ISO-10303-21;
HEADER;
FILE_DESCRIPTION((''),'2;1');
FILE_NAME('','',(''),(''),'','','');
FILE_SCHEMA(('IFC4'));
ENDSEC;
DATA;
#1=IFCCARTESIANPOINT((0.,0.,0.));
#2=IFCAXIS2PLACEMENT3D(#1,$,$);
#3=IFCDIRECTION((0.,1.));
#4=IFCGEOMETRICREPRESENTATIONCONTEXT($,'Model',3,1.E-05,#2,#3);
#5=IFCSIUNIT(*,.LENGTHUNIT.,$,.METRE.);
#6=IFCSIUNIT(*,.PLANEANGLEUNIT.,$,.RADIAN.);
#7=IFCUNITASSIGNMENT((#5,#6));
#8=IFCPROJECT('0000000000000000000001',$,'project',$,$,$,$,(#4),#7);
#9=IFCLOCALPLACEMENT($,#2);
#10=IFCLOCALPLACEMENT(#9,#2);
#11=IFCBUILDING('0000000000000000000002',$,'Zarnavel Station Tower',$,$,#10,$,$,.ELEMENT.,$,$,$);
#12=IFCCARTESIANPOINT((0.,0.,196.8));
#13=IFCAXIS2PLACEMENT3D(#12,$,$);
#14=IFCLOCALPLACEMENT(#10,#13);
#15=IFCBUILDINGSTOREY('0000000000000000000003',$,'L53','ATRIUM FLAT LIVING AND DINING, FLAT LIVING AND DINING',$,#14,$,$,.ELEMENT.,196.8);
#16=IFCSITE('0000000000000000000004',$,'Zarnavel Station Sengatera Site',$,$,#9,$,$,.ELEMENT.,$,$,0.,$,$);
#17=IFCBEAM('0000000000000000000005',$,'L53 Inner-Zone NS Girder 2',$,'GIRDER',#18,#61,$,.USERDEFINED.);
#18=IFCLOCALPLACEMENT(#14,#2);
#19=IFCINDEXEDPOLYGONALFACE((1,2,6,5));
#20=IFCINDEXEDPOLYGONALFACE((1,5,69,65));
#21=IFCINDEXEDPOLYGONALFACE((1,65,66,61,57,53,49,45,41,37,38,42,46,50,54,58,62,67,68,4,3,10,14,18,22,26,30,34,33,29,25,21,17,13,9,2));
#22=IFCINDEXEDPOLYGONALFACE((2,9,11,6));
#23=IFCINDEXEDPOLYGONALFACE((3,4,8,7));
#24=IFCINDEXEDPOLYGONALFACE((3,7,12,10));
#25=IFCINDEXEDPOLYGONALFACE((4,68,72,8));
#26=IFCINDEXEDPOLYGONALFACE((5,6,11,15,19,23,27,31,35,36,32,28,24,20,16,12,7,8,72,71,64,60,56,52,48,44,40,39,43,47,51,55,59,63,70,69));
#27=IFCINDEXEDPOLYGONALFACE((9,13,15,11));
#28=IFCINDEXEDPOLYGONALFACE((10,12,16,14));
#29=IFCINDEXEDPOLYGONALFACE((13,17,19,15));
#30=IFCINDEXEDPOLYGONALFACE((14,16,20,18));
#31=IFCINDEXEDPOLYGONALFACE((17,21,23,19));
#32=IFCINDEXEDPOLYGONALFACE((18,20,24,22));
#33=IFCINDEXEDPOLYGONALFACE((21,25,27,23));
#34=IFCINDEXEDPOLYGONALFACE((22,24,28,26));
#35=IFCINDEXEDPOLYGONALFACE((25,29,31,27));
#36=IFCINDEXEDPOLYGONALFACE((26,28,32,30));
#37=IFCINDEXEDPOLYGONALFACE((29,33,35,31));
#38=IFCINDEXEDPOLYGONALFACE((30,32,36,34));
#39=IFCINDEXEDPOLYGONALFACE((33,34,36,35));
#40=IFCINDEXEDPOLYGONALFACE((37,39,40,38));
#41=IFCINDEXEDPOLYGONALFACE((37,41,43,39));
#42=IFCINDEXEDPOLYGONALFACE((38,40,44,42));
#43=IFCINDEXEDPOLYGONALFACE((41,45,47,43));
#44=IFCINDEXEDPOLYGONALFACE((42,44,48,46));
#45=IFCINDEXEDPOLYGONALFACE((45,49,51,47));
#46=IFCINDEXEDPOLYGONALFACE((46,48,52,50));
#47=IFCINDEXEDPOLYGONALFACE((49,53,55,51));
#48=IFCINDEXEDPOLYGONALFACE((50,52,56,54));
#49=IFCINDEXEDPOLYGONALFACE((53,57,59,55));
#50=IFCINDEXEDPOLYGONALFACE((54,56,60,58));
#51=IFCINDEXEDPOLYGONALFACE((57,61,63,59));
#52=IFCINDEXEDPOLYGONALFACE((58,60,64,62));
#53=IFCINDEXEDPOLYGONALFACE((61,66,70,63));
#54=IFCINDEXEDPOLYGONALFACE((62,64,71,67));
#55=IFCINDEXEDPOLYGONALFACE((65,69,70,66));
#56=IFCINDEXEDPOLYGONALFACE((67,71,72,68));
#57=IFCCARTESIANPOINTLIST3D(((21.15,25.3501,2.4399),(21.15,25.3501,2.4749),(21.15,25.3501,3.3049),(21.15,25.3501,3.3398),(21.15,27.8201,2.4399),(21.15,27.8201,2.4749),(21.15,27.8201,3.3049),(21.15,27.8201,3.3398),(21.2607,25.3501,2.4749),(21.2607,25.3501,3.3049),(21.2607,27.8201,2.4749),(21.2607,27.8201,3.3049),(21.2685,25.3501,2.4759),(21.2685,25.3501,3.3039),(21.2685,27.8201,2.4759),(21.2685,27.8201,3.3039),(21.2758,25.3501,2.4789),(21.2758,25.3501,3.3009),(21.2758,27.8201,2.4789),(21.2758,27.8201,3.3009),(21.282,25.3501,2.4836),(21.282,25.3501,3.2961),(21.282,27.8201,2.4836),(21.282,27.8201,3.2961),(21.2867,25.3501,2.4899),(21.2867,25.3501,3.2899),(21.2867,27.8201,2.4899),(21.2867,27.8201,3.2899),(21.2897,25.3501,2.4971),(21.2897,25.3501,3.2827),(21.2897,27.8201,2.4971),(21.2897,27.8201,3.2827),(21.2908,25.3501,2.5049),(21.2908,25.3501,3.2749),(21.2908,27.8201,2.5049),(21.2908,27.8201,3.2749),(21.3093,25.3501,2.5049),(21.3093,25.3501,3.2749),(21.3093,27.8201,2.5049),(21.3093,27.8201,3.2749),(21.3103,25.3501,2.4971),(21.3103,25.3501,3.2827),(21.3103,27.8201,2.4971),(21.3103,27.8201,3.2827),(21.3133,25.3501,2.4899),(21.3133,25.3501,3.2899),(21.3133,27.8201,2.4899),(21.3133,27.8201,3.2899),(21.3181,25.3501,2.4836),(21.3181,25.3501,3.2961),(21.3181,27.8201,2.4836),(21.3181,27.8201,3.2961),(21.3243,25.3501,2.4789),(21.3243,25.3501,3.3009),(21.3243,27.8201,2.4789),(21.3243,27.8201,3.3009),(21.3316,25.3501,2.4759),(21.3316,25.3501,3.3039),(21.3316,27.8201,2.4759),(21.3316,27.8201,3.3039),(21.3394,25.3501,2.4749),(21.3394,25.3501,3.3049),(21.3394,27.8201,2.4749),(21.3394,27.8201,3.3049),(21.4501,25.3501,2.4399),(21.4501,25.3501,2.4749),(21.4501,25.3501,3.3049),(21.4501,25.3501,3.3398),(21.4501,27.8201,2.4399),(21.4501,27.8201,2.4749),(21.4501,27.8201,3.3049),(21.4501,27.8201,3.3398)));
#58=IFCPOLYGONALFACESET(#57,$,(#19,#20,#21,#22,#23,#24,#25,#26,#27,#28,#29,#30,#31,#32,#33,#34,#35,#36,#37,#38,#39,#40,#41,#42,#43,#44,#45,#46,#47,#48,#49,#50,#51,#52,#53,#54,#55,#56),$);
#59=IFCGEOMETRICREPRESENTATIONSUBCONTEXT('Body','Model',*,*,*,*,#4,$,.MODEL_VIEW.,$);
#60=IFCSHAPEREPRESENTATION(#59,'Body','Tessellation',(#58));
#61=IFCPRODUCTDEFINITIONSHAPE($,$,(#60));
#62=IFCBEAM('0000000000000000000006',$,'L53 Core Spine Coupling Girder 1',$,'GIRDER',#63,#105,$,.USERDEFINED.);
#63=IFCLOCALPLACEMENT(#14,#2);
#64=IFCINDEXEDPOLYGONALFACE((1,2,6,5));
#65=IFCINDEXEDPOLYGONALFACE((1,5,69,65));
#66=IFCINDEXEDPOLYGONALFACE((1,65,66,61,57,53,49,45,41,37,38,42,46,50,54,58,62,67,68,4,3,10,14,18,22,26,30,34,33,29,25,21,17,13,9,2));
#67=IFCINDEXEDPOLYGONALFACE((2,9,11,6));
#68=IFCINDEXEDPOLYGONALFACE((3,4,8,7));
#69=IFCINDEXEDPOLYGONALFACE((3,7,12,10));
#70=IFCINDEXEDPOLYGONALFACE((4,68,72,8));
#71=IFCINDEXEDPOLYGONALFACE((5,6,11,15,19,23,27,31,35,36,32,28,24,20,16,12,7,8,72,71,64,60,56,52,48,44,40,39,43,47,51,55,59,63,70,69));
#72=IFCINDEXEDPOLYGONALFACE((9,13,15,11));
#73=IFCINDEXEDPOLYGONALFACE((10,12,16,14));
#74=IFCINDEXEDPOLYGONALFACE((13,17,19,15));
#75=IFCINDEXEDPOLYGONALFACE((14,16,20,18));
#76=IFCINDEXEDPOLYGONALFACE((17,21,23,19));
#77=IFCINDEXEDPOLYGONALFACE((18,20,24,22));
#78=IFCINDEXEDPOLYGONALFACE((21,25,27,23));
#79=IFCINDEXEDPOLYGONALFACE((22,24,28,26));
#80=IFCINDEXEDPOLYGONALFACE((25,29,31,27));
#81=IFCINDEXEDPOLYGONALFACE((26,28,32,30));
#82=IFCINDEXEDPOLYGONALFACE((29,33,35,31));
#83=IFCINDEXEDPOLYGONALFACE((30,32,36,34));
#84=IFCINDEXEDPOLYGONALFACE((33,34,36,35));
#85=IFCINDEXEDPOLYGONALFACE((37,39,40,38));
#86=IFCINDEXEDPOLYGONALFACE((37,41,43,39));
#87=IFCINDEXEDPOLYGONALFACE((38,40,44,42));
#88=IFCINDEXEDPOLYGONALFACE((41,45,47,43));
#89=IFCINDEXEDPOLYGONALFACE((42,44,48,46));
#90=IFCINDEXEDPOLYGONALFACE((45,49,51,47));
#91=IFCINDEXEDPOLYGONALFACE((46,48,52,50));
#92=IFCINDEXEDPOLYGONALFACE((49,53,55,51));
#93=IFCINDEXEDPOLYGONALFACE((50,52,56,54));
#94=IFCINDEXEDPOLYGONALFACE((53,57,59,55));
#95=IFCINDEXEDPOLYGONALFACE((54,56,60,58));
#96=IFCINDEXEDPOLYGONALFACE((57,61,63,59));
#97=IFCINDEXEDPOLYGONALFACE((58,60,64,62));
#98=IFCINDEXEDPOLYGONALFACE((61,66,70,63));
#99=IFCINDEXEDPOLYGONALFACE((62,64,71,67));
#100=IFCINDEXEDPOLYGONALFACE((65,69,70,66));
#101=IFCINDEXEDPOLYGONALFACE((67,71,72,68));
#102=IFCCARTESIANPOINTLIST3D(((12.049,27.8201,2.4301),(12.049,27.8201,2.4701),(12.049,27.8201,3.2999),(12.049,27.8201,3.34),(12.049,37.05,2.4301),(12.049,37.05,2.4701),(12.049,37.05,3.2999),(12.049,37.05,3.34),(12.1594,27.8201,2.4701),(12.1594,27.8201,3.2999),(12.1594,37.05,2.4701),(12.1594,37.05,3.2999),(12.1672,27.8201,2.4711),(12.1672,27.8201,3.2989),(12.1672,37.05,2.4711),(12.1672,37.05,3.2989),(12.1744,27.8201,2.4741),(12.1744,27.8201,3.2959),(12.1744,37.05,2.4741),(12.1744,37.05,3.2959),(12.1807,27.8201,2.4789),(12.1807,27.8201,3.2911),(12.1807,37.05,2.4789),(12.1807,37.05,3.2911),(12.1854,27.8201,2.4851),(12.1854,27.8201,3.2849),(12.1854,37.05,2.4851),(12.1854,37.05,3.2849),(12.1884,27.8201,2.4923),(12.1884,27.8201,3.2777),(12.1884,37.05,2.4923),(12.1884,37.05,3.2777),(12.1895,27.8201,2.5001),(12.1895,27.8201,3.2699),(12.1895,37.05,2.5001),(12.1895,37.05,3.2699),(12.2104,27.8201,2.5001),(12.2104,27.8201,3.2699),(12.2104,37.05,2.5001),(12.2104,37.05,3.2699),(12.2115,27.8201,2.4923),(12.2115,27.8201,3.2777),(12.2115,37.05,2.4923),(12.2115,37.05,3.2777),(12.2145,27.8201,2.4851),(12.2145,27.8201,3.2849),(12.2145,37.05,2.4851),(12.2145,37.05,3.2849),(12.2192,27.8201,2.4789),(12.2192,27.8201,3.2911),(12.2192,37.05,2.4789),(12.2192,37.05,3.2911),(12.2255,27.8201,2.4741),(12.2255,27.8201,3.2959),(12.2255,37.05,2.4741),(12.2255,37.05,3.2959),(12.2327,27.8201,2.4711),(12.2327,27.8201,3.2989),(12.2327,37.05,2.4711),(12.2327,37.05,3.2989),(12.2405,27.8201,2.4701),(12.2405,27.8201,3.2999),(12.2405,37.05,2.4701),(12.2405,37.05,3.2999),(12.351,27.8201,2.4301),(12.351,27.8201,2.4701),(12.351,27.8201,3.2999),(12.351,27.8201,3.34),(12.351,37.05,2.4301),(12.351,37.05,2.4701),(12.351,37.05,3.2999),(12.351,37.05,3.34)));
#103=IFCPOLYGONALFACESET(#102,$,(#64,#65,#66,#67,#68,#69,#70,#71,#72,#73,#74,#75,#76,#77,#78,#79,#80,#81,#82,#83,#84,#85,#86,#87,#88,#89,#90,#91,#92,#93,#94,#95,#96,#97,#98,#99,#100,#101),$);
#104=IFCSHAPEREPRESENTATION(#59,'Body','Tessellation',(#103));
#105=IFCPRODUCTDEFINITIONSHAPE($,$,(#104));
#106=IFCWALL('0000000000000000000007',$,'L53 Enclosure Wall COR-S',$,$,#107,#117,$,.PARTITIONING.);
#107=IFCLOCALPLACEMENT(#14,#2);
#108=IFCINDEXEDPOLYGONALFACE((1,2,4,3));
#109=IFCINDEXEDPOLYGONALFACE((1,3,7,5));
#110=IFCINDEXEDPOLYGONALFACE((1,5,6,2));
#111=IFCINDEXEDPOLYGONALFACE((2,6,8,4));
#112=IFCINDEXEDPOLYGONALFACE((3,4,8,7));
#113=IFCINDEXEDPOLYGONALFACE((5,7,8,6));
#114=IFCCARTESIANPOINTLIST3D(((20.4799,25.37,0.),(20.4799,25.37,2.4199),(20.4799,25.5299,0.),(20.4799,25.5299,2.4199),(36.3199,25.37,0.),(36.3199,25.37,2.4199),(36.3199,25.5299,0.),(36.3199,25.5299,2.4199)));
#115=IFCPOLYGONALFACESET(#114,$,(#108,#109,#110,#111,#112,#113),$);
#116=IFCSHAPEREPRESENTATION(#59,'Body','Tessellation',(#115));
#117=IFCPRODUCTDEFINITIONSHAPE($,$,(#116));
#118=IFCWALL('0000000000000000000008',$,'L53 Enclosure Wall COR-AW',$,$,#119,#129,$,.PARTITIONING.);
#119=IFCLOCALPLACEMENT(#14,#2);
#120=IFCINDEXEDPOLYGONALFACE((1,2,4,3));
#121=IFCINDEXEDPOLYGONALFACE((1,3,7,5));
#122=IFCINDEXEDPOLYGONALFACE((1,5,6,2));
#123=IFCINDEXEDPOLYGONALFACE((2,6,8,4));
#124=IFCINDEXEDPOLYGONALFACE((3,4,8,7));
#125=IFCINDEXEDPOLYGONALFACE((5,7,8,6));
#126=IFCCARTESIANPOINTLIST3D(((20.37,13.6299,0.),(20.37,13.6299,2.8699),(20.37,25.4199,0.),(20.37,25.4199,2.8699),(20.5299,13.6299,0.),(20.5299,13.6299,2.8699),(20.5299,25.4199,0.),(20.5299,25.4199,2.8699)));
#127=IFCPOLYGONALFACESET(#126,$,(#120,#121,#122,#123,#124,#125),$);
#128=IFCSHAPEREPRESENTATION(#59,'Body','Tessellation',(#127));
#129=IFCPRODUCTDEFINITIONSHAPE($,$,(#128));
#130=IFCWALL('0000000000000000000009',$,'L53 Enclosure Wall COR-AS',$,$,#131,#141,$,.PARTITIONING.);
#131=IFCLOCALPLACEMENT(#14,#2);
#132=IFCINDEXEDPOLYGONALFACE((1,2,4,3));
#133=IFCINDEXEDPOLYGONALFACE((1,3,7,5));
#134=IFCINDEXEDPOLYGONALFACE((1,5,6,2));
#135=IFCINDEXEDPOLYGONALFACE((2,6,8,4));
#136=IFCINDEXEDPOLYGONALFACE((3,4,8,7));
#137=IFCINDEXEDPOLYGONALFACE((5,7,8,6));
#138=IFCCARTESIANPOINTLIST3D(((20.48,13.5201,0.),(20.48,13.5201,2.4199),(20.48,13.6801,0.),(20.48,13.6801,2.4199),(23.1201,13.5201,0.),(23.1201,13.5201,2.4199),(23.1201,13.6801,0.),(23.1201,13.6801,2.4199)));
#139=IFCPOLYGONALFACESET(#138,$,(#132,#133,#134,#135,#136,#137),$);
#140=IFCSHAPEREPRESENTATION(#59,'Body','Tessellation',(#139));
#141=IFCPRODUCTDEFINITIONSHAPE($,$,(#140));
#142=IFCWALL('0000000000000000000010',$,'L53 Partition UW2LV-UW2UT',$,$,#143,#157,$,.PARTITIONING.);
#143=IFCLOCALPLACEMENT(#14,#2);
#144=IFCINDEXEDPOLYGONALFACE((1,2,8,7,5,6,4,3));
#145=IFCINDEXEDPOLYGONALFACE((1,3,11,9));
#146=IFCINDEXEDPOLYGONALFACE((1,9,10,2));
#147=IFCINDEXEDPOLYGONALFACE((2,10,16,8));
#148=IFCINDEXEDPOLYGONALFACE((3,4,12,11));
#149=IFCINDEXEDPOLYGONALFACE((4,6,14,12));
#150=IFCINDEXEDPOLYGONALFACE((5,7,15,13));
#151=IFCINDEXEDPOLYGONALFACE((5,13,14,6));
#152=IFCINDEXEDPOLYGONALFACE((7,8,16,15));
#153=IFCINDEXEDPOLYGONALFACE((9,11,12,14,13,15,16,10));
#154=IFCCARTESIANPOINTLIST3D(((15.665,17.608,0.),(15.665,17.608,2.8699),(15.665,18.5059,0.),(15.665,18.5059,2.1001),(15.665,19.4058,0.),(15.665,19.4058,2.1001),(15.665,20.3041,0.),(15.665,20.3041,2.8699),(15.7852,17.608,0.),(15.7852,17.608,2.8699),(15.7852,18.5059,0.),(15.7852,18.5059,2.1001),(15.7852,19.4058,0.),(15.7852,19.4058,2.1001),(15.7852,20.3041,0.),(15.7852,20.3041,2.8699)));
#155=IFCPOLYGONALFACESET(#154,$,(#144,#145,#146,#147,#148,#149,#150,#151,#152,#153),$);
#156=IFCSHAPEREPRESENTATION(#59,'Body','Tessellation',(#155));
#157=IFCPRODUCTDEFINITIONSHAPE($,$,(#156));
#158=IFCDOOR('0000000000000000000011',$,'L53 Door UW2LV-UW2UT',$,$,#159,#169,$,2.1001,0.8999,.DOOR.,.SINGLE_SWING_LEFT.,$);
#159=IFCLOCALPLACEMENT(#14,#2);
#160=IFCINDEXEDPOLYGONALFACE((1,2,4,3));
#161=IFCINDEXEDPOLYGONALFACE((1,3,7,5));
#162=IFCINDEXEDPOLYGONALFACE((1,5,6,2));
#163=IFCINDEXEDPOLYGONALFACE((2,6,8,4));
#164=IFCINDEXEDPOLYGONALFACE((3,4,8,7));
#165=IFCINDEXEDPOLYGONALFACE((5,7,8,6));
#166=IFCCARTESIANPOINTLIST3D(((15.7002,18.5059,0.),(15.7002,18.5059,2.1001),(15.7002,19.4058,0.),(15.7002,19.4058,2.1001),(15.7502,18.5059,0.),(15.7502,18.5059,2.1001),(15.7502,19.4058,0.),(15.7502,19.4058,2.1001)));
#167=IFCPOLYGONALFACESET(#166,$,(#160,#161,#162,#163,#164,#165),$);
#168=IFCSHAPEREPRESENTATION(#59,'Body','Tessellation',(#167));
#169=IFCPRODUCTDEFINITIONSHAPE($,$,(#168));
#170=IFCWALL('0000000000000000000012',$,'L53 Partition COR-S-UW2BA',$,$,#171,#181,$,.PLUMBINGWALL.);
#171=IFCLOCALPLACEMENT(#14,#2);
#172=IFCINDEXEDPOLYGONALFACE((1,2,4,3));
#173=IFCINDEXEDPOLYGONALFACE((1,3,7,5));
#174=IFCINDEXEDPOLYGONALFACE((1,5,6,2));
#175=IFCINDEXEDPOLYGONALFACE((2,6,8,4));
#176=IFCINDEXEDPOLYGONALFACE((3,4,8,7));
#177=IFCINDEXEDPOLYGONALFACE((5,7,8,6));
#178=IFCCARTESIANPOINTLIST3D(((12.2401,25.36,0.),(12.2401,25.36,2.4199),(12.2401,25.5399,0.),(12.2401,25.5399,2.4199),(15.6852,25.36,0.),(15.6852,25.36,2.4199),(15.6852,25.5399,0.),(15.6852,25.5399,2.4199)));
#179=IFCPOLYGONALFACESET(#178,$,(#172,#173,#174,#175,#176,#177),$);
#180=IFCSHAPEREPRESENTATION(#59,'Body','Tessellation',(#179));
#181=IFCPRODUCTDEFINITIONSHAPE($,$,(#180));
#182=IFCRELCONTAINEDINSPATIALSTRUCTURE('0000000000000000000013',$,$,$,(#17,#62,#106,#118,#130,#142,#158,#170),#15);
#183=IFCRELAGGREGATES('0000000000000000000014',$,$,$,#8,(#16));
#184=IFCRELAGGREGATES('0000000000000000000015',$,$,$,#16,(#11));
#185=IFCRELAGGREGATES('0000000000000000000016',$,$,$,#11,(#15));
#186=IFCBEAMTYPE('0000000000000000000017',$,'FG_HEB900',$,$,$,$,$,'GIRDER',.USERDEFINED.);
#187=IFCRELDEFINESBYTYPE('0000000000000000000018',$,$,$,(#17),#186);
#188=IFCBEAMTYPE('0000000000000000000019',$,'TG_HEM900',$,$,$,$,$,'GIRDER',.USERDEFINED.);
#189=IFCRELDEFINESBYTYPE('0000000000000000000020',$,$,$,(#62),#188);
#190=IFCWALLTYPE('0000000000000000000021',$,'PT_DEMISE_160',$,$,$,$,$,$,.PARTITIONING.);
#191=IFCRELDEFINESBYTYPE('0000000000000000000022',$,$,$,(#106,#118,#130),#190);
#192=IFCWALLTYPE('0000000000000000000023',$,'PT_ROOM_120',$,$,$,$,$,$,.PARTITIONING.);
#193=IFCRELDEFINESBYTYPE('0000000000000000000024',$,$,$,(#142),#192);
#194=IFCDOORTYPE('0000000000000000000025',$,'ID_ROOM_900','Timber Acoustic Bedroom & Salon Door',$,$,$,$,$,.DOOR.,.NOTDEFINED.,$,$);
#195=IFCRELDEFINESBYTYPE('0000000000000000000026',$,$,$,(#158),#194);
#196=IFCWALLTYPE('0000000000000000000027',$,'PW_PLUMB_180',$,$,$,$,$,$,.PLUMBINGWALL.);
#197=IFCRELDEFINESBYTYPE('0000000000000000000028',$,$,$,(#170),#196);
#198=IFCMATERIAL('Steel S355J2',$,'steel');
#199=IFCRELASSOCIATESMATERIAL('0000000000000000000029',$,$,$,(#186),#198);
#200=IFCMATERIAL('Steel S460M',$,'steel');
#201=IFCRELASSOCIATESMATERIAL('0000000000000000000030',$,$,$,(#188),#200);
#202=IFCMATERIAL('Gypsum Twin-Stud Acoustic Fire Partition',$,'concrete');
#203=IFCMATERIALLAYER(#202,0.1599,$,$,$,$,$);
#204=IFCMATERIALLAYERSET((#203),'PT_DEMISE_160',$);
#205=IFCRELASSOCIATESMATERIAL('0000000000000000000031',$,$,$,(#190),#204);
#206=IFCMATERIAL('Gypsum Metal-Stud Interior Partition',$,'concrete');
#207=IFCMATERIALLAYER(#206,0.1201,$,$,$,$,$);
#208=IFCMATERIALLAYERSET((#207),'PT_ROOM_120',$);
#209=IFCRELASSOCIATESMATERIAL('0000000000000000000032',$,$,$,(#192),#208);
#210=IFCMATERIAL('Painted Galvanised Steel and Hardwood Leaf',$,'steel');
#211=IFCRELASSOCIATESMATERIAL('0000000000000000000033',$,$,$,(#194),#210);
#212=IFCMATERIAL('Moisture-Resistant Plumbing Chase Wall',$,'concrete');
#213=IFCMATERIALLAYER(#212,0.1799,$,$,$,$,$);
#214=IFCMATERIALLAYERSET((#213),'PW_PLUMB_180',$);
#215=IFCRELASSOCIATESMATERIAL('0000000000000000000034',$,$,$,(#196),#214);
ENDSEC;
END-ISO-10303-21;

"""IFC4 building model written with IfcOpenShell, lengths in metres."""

from ifc_helpers import new_model, si_unit, direction, frame, frame_2d, origin, origin_2d, place, context, subcontext, project, spatial, rectangle, i_section, extrude, material, layer, layer_set, material_profile, profile_set, type_object, element, fill, save


model = new_model("IFC4")

# Units and contexts
model_context = context("Model", 3, precision=1e-05, world=origin(), true_north=direction((0.0, 1.0)))
body_context = subcontext(model_context, "Body", "Model", "MODEL_VIEW")
ifc_project = project(units=[si_unit("LENGTHUNIT", "METRE"), si_unit("PLANEANGLEUNIT", "RADIAN")], contexts=[model_context])

# Site, building, storey
site_placement = place(None, origin())
site = spatial("IfcSite", under=ifc_project, at=site_placement, Name="Zarnavel Station Sengatera Site", CompositionType="ELEMENT", RefElevation=0.0)
building_placement = place(site_placement, origin())
building = spatial("IfcBuilding", under=site, at=building_placement, Name="Zarnavel Station Tower", CompositionType="ELEMENT")
storey_placement = place(building_placement, frame((0.0, 0.0, 196.8)))
storey = spatial("IfcBuildingStorey", under=building, at=storey_placement, Name="L53", Description="ATRIUM FLAT LIVING AND DINING, FLAT LIVING AND DINING", CompositionType="ELEMENT", Elevation=196.8)

# Beams
ifc_material_1 = material(Name="Steel S355J2", Category="steel")
ifc_material_profile_1 = material_profile(ifc_material_1, i_section(OverallWidth=0.3, OverallDepth=0.8999, WebThickness=0.0186, FlangeThickness=0.0349, FilletRadius=0.03, at=origin_2d()), Name="HEB900")
ifc_profile_set_1 = profile_set([ifc_material_profile_1], Name="Steel S355J2")
beam_type_1 = type_object("IfcBeamType", Name="FG_HEB900", ElementType="GIRDER", PredefinedType="USERDEFINED", material=ifc_profile_set_1)
beam_1_placement = place(storey_placement, frame((21.3, 25.3501, 2.8899), z_axis=(0.0, 1.0, 0.0), x_axis=(-1.0, 0.0, 0.0)))
element("IfcBeam", 1, at=beam_1_placement, inside=storey, type_object=beam_type_1, Name="L53 Inner-Zone NS Girder 2", ObjectType="GIRDER", PredefinedType="USERDEFINED", context=body_context, shape_type="SweptSolid", body=[
    extrude(i_section(OverallWidth=0.3, OverallDepth=0.8999, WebThickness=0.0186, FlangeThickness=0.0349, FilletRadius=0.03, at=origin_2d()), origin(), (0.0, 0.0, 1.0), 2.47),
])
ifc_material_2 = material(Name="Steel S460M", Category="steel")
ifc_material_profile_2 = material_profile(ifc_material_2, i_section(OverallWidth=0.302, OverallDepth=0.9099, WebThickness=0.021, FlangeThickness=0.04, FilletRadius=0.03, at=origin_2d()), Name="HEM900")
ifc_profile_set_2 = profile_set([ifc_material_profile_2], Name="Steel S460M")
beam_type_2 = type_object("IfcBeamType", Name="TG_HEM900", ElementType="GIRDER", PredefinedType="USERDEFINED", material=ifc_profile_set_2)
beam_2_placement = place(storey_placement, frame((12.2, 27.8201, 2.885), z_axis=(0.0, 1.0, 0.0), x_axis=(-1.0, 0.0, 0.0)))
element("IfcBeam", 2, at=beam_2_placement, inside=storey, type_object=beam_type_2, Name="L53 Core Spine Coupling Girder 1", ObjectType="GIRDER", PredefinedType="USERDEFINED", context=body_context, shape_type="SweptSolid", body=[
    extrude(i_section(OverallWidth=0.302, OverallDepth=0.9099, WebThickness=0.021, FlangeThickness=0.04, FilletRadius=0.03, at=origin_2d()), origin(), (0.0, 0.0, 1.0), 9.23),
])

# Shared definitions
ifc_material_3 = material(Name="Gypsum Twin-Stud Acoustic Fire Partition", Category="concrete")
ifc_layer_1 = layer(ifc_material_3, 0.1599)
ifc_layer_set_1 = layer_set([ifc_layer_1], Name="PT_DEMISE_160")
wall_type_1 = type_object("IfcWallType", Name="PT_DEMISE_160", PredefinedType="PARTITIONING", material=ifc_layer_set_1)

# Walls
wall_1_placement = place(storey_placement, frame((20.48, 25.45, 0.0), z_axis=(0.0, 0.0, 1.0), x_axis=(1.0, 0.0, 0.0)))
element("IfcWall", 3, at=wall_1_placement, inside=storey, type_object=wall_type_1, Name="L53 Enclosure Wall COR-S", PredefinedType="PARTITIONING", context=body_context, shape_type="SweptSolid", body=[
    extrude(rectangle(XDim=15.8401, YDim=0.1599, at=frame_2d((7.9199, 0.0))), origin(), (0.0, 0.0, 1.0), 2.4199),
])
wall_2_placement = place(storey_placement, frame((20.45, 13.6299, 0.0), z_axis=(0.0, 0.0, 1.0), x_axis=(0.0, 1.0, 0.0)))
element("IfcWall", 4, at=wall_2_placement, inside=storey, type_object=wall_type_1, Name="L53 Enclosure Wall COR-AW", PredefinedType="PARTITIONING", context=body_context, shape_type="SweptSolid", body=[
    extrude(rectangle(XDim=11.79, YDim=0.1599, at=frame_2d((5.895, 0.0))), origin(), (0.0, 0.0, 1.0), 2.8699),
])
wall_3_placement = place(storey_placement, frame((20.48, 13.6001, 0.0), z_axis=(0.0, 0.0, 1.0), x_axis=(1.0, 0.0, 0.0)))
element("IfcWall", 5, at=wall_3_placement, inside=storey, type_object=wall_type_1, Name="L53 Enclosure Wall COR-AS", PredefinedType="PARTITIONING", context=body_context, shape_type="SweptSolid", body=[
    extrude(rectangle(XDim=2.6401, YDim=0.1599, at=frame_2d((1.3201, 0.0))), origin(), (0.0, 0.0, 1.0), 2.4199),
])

# Wall, opening, door
ifc_material_4 = material(Name="Gypsum Metal-Stud Interior Partition", Category="concrete")
ifc_layer_2 = layer(ifc_material_4, 0.1201)
ifc_layer_set_2 = layer_set([ifc_layer_2], Name="PT_ROOM_120")
wall_type_2 = type_object("IfcWallType", Name="PT_ROOM_120", PredefinedType="PARTITIONING", material=ifc_layer_set_2)
wall_4_placement = place(storey_placement, frame((15.7251, 17.6079, 0.0), z_axis=(0.0, 0.0, 1.0), x_axis=(0.0, 1.0, 0.0)))
wall_4 = element("IfcWall", 6, at=wall_4_placement, inside=storey, type_object=wall_type_2, Name="L53 Partition UW2LV-UW2UT", PredefinedType="PARTITIONING", context=body_context, shape_type="SweptSolid", body=[
    extrude(rectangle(XDim=2.696, YDim=0.1201, at=frame_2d((1.3481, 0.0))), origin(), (0.0, 0.0, 1.0), 2.8699),
])
opening_1_placement = place(wall_4_placement, frame((0.8979, 0.0, 0.0)))
opening_1 = element("IfcOpeningElement", 7, at=opening_1_placement, cuts=wall_4, PredefinedType="OPENING", context=body_context, shape_type="SweptSolid", body=[
    extrude(rectangle(XDim=0.8999, YDim=2.1001, at=frame_2d((0.45, 1.05))), frame((0.0, 0.0701, 0.0), z_axis=(0.0, -1.0, 0.0), x_axis=(1.0, 0.0, 0.0)), (0.0, 0.0, 1.0), 0.1401),
])
ifc_material_5 = material(Name="Painted Galvanised Steel and Hardwood Leaf", Category="steel")
door_type_1 = type_object("IfcDoorType", Name="ID_ROOM_900", Description="Timber Acoustic Bedroom & Salon Door", OperationType="NOTDEFINED", PredefinedType="DOOR", material=ifc_material_5)
door_1_placement = place(opening_1_placement, origin())
door_1 = element("IfcDoor", 8, at=door_1_placement, inside=storey, type_object=door_type_1, Name="L53 Door UW2LV-UW2UT", OperationType="SINGLE_SWING_LEFT", OverallHeight=2.1001, OverallWidth=0.8999, PredefinedType="DOOR", context=body_context, shape_type="SweptSolid", body=[
    extrude(rectangle(XDim=0.8999, YDim=2.1001, at=frame_2d((0.45, 1.05))), frame((0.0, 0.0249, 0.0), z_axis=(0.0, -1.0, 0.0), x_axis=(1.0, 0.0, 0.0)), (0.0, 0.0, 1.0), 0.05),
])
fill(opening_1, door_1)

# Wall
ifc_material_6 = material(Name="Moisture-Resistant Plumbing Chase Wall", Category="concrete")
ifc_layer_3 = layer(ifc_material_6, 0.1799)
ifc_layer_set_3 = layer_set([ifc_layer_3], Name="PW_PLUMB_180")
wall_type_3 = type_object("IfcWallType", Name="PW_PLUMB_180", PredefinedType="PLUMBINGWALL", material=ifc_layer_set_3)
wall_5_placement = place(storey_placement, frame((12.24, 25.45, 0.0), z_axis=(0.0, 0.0, 1.0), x_axis=(1.0, 0.0, 0.0)))
element("IfcWall", 9, at=wall_5_placement, inside=storey, type_object=wall_type_3, Name="L53 Partition COR-S-UW2BA", PredefinedType="PLUMBINGWALL", context=body_context, shape_type="SweptSolid", body=[
    extrude(rectangle(XDim=3.4451, YDim=0.1799, at=frame_2d((1.7227, 0.0))), origin(), (0.0, 0.0, 1.0), 2.4199),
])

save(model, "model.ifc")
